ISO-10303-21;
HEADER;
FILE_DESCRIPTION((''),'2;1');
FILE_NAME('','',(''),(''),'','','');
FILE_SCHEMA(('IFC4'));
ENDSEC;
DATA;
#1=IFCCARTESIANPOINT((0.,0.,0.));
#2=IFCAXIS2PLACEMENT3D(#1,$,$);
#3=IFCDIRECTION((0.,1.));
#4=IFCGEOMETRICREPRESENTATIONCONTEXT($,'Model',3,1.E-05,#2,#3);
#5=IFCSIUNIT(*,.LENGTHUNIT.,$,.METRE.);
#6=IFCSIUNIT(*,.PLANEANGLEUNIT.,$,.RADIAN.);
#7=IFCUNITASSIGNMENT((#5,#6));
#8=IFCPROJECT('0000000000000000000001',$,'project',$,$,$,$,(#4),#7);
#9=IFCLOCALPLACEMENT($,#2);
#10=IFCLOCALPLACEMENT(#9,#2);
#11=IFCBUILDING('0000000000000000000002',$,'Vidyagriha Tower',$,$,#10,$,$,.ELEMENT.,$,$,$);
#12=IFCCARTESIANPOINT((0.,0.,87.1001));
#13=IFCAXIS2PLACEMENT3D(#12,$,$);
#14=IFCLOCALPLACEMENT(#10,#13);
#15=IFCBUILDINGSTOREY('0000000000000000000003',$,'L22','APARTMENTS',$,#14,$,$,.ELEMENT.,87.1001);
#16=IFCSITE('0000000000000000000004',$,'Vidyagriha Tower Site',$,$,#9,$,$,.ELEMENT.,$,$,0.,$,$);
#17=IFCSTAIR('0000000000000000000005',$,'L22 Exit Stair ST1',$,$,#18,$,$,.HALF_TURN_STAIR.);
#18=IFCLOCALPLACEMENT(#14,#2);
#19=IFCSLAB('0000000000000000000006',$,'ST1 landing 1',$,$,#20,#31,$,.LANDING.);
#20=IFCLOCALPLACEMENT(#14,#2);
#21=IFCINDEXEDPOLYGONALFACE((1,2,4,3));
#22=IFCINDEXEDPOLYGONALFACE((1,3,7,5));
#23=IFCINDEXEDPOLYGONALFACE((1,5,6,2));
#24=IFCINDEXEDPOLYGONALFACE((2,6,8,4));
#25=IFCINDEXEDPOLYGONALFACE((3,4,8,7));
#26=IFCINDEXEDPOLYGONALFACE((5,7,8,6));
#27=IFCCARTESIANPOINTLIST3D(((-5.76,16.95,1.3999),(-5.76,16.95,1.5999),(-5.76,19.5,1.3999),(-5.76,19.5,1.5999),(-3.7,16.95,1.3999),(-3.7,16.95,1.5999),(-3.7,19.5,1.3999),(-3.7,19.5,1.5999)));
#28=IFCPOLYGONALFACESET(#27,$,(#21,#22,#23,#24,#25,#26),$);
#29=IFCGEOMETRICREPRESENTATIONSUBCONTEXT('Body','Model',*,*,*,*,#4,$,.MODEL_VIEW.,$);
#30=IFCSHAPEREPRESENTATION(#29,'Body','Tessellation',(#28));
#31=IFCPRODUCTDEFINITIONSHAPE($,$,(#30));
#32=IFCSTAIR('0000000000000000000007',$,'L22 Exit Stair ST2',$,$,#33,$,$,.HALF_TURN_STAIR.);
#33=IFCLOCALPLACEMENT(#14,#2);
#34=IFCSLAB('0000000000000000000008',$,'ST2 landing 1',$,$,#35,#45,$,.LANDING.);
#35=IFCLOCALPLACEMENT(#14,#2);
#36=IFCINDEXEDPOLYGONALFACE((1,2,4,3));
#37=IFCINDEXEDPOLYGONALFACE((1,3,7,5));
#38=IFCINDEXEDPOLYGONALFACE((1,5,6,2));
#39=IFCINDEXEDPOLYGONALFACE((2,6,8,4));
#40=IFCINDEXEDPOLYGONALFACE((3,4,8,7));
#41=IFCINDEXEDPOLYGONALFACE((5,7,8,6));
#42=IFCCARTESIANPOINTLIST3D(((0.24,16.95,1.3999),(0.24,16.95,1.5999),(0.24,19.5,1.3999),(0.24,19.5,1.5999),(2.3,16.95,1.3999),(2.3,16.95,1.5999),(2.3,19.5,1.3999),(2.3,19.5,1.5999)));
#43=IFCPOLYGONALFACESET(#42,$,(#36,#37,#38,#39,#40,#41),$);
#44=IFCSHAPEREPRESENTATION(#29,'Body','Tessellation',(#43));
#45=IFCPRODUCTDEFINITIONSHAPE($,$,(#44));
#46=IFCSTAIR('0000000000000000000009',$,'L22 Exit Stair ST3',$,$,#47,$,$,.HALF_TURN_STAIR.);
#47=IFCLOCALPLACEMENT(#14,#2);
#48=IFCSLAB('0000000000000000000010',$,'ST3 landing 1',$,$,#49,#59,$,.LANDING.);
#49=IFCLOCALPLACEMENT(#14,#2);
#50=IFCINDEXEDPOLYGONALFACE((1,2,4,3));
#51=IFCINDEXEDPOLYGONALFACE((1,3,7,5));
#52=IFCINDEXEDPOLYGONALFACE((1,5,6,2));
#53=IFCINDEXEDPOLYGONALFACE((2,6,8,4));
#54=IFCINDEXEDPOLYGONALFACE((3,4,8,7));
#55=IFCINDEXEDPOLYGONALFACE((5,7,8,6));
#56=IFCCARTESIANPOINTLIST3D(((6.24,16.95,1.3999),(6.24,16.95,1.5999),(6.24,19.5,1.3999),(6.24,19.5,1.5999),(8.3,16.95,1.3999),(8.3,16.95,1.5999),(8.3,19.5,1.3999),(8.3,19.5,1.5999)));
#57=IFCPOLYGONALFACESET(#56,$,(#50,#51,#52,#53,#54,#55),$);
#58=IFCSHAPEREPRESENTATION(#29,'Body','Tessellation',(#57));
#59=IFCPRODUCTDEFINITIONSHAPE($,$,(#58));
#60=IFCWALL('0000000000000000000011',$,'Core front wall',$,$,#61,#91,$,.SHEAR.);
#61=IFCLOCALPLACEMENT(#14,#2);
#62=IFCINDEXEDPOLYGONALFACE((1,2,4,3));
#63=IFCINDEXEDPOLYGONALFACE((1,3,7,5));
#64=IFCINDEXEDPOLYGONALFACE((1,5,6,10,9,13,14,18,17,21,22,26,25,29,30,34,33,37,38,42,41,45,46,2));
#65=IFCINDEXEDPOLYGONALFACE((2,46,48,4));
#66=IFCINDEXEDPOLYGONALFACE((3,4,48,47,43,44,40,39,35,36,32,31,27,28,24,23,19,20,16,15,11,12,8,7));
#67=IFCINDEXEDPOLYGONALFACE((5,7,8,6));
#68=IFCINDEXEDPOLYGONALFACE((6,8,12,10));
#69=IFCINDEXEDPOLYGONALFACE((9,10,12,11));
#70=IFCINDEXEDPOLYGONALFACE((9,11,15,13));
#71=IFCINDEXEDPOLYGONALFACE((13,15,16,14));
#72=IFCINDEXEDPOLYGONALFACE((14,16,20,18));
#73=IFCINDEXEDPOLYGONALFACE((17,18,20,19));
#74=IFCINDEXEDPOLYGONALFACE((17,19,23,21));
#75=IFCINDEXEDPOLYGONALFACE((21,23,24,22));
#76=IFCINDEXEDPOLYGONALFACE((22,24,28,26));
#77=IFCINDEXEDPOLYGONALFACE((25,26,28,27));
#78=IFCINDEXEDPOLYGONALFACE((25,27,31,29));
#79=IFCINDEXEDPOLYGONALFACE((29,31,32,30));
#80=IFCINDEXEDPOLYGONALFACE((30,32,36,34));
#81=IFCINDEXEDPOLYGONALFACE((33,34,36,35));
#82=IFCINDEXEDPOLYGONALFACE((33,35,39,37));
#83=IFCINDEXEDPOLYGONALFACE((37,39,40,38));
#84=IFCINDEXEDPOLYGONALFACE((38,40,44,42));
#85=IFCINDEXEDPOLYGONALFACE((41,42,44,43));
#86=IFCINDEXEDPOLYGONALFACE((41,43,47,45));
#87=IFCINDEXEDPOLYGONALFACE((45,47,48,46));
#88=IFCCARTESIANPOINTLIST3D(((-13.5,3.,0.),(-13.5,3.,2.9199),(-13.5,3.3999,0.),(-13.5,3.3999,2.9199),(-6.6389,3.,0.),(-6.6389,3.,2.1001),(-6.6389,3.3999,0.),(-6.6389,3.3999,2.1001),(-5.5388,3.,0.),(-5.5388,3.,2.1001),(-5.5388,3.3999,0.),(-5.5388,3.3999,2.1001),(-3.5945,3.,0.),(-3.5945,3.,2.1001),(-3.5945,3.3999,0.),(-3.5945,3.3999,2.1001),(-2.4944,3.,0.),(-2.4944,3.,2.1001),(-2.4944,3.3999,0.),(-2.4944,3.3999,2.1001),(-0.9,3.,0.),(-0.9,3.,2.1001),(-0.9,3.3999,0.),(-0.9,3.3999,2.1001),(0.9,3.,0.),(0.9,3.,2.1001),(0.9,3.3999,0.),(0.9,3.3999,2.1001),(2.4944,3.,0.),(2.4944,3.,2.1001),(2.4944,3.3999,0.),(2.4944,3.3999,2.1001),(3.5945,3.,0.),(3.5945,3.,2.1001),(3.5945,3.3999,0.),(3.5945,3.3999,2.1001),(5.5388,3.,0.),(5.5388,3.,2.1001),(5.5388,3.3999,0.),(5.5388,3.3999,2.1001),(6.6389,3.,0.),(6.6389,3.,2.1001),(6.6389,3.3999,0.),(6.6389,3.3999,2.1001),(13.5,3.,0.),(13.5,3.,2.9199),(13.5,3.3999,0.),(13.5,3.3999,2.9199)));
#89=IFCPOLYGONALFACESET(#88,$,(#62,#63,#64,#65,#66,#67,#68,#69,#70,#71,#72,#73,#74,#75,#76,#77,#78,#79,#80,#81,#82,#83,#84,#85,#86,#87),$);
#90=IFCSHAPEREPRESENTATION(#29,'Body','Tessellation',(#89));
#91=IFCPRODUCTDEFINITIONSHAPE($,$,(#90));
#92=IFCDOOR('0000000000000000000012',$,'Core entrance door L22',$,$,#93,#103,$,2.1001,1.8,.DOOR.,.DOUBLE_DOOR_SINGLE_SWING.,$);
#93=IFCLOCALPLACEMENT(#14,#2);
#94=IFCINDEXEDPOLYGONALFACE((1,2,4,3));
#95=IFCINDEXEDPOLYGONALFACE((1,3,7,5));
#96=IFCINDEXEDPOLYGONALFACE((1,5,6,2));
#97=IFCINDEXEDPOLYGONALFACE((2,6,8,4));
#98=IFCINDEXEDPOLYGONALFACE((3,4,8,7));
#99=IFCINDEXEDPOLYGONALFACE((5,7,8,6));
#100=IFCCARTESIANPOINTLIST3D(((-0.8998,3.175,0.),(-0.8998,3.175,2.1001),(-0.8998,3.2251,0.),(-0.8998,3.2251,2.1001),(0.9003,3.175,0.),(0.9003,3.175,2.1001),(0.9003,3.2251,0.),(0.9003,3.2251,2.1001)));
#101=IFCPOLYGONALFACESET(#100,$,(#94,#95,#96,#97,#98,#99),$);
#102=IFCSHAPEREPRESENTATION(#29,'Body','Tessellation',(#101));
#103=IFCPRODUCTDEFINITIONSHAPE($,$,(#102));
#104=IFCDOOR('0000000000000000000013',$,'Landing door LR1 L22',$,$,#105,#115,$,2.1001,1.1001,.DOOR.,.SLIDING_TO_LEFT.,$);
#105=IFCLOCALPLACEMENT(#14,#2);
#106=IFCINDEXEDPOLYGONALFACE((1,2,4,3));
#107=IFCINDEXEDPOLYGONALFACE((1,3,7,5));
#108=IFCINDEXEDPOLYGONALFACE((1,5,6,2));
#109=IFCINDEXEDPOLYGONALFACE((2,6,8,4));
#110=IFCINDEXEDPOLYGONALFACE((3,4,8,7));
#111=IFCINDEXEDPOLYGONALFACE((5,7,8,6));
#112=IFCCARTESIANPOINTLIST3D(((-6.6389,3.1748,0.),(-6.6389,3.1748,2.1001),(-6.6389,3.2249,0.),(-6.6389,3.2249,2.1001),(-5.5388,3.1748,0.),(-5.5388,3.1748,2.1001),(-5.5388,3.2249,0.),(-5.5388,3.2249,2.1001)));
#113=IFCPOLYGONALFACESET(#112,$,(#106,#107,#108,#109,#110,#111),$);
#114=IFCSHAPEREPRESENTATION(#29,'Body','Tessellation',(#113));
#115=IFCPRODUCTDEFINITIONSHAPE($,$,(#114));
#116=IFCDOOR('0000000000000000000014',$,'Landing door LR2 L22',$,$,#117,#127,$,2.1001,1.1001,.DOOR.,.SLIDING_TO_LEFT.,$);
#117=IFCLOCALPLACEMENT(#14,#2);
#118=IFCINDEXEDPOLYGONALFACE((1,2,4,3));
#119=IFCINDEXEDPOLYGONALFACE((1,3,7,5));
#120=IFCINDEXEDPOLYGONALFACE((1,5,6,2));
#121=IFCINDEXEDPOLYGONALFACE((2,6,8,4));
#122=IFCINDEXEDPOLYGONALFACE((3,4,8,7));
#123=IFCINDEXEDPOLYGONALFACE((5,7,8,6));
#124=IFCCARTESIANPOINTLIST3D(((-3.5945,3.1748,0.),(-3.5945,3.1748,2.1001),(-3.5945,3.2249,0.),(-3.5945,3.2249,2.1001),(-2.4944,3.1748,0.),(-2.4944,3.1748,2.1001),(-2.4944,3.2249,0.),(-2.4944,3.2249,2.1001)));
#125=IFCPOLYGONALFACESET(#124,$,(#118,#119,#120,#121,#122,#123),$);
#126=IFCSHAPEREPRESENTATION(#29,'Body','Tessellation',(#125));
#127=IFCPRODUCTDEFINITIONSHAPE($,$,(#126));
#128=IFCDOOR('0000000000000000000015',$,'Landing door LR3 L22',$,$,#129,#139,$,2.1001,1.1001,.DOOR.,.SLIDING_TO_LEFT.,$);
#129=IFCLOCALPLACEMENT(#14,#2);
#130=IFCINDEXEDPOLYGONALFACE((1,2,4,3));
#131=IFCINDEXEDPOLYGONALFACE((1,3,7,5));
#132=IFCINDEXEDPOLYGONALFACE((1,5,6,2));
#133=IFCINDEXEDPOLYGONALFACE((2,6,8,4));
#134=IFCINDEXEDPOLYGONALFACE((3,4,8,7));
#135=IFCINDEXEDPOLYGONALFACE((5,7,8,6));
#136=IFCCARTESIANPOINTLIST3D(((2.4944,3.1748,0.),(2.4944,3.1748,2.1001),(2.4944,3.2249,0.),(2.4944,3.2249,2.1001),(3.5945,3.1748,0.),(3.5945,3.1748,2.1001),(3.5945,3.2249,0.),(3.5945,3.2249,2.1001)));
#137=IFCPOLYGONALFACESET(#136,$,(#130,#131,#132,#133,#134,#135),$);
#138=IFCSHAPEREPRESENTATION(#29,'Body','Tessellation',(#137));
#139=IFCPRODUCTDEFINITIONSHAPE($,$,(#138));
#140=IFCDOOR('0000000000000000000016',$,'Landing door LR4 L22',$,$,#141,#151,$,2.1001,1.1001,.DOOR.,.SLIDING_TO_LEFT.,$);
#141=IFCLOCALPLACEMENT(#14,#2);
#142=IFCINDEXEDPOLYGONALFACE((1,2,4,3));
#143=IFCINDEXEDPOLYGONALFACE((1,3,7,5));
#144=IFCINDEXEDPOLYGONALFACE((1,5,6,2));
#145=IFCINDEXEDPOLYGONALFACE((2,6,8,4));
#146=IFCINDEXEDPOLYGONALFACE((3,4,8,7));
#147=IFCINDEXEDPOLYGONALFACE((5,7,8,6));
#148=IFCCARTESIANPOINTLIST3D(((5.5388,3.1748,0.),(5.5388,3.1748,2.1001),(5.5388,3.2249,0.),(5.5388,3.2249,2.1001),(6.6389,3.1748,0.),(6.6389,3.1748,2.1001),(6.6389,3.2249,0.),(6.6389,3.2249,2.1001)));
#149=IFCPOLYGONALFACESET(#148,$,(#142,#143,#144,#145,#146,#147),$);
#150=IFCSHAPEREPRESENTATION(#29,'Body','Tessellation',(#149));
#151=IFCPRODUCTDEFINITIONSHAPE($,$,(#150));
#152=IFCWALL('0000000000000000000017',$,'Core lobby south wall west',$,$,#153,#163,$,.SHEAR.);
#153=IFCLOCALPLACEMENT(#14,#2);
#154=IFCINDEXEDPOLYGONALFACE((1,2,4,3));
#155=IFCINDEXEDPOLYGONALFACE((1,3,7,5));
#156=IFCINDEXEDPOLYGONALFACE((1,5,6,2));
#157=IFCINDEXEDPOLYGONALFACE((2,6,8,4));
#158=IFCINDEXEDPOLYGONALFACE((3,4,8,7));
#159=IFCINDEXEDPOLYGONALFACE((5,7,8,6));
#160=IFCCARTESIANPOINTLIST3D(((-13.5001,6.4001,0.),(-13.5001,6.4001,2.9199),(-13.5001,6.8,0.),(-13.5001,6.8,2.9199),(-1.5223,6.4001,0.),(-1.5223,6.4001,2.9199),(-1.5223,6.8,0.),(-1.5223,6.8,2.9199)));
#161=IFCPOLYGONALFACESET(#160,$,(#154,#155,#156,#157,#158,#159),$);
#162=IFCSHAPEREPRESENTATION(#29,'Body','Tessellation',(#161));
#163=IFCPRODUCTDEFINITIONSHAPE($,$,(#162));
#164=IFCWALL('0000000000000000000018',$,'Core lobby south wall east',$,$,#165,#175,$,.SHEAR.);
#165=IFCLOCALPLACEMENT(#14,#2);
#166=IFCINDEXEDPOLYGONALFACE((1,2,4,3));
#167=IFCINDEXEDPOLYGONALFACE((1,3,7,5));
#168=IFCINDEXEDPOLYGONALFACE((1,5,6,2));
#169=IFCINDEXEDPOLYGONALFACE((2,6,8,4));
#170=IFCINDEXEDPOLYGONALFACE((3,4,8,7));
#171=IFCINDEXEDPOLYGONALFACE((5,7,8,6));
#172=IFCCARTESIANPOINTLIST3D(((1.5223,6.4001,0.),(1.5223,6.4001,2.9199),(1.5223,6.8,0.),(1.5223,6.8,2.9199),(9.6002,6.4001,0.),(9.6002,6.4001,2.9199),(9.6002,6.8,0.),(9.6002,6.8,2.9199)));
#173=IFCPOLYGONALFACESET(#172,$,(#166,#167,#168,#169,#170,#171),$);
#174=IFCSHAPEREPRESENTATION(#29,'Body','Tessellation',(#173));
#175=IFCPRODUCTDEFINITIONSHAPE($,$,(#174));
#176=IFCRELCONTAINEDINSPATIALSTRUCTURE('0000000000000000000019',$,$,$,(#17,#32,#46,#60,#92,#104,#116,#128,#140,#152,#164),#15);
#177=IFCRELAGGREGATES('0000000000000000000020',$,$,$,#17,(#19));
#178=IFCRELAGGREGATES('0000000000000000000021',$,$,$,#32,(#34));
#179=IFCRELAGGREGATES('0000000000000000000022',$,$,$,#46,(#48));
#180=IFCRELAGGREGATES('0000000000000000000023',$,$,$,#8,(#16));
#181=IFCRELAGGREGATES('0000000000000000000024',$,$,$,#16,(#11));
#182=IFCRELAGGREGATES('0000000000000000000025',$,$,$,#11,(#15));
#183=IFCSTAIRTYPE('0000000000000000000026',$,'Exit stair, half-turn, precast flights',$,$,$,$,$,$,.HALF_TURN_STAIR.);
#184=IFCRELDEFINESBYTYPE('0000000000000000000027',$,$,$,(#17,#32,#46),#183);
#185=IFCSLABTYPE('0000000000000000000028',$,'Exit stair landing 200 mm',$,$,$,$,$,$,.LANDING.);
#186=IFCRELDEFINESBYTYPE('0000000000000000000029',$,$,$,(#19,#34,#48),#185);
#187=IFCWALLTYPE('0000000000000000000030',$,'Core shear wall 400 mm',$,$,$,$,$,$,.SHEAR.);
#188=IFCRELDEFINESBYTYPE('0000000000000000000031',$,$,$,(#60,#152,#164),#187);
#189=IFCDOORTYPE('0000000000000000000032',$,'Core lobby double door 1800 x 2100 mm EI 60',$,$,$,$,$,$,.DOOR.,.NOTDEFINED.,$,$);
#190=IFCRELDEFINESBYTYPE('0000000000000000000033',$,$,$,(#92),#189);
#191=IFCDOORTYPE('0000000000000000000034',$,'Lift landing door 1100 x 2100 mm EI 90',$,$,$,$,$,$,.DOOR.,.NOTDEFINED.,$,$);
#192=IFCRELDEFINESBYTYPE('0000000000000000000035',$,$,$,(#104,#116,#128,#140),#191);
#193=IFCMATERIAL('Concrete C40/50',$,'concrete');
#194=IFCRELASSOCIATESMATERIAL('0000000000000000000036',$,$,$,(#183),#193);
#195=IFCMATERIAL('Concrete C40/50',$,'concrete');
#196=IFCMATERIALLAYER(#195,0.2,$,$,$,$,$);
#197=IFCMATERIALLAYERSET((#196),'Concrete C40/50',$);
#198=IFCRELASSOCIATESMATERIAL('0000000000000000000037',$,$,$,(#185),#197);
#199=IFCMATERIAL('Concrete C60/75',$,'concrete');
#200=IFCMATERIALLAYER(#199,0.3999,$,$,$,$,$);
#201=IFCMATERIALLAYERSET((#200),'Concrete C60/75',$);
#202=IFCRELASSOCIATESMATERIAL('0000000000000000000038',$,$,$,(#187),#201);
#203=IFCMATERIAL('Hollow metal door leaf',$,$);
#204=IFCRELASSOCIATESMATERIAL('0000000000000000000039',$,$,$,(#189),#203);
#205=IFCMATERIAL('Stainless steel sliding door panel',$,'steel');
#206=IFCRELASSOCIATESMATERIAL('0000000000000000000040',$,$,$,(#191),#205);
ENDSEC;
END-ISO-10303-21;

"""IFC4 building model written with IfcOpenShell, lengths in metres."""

from ifc_helpers import new_model, si_unit, direction, frame, frame_2d, origin, place, context, subcontext, project, spatial, polyline, rectangle, outline, extrude, material, layer, layer_set, type_object, element, fill, aggregate, save


model = new_model("IFC4")

# Units and contexts
model_context = context("Model", 3, precision=1e-05, world=origin(), true_north=direction((0.0, 1.0)))
body_context = subcontext(model_context, "Body", "Model", "MODEL_VIEW")
ifc_project = project(units=[si_unit("LENGTHUNIT", "METRE"), si_unit("PLANEANGLEUNIT", "RADIAN")], contexts=[model_context])

# Site, building, storey
site_placement = place(None, origin())
site = spatial("IfcSite", under=ifc_project, at=site_placement, Name="Vidyagriha Tower Site", CompositionType="ELEMENT", RefElevation=0.0)
building_placement = place(site_placement, origin())
building = spatial("IfcBuilding", under=site, at=building_placement, Name="Vidyagriha Tower", CompositionType="ELEMENT")
storey_placement = place(building_placement, frame((0.0, 0.0, 87.1001)))
storey = spatial("IfcBuildingStorey", under=building, at=storey_placement, Name="L22", Description="APARTMENTS", CompositionType="ELEMENT", Elevation=87.1001)

# Stairs, slabs
ifc_material_1 = material(Name="Concrete C40/50", Category="concrete")
stair_type = type_object("IfcStairType", Name="Exit stair, half-turn, precast flights", PredefinedType="HALF_TURN_STAIR", material=ifc_material_1)
stair_1_placement = place(storey_placement, origin())
stair_1 = element("IfcStair", 1, at=stair_1_placement, inside=storey, type_object=stair_type, Name="L22 Exit Stair ST1", PredefinedType="HALF_TURN_STAIR")
ifc_material_2 = material(Name="Concrete C40/50", Category="concrete")
ifc_layer_1 = layer(ifc_material_2, 0.2)
ifc_layer_set_1 = layer_set([ifc_layer_1], Name="Concrete C40/50")
slab_type = type_object("IfcSlabType", Name="Exit stair landing 200 mm", PredefinedType="LANDING", material=ifc_layer_set_1)
slab_1_placement = place(storey_placement, frame((0.0, 0.0, 1.3999)))
slab_1 = element("IfcSlab", 2, at=slab_1_placement, type_object=slab_type, Name="ST1 landing 1", PredefinedType="LANDING", context=body_context, shape_type="SweptSolid", body=[
    extrude(outline(polyline([(-5.76, 16.95), (-3.7, 16.95), (-3.7, 19.5), (-5.76, 19.5), (-5.76, 16.95)])), origin(), (0.0, 0.0, 1.0), 0.2),
])
aggregate(stair_1, [slab_1])
stair_2_placement = place(storey_placement, origin())
stair_2 = element("IfcStair", 3, at=stair_2_placement, inside=storey, type_object=stair_type, Name="L22 Exit Stair ST2", PredefinedType="HALF_TURN_STAIR")
slab_2_placement = place(storey_placement, frame((0.0, 0.0, 1.3999)))
slab_2 = element("IfcSlab", 4, at=slab_2_placement, type_object=slab_type, Name="ST2 landing 1", PredefinedType="LANDING", context=body_context, shape_type="SweptSolid", body=[
    extrude(outline(polyline([(0.24, 16.95), (2.3, 16.95), (2.3, 19.5), (0.24, 19.5), (0.24, 16.95)])), origin(), (0.0, 0.0, 1.0), 0.2),
])
aggregate(stair_2, [slab_2])
stair_3_placement = place(storey_placement, origin())
stair_3 = element("IfcStair", 5, at=stair_3_placement, inside=storey, type_object=stair_type, Name="L22 Exit Stair ST3", PredefinedType="HALF_TURN_STAIR")
slab_3_placement = place(storey_placement, frame((0.0, 0.0, 1.3999)))
slab_3 = element("IfcSlab", 6, at=slab_3_placement, type_object=slab_type, Name="ST3 landing 1", PredefinedType="LANDING", context=body_context, shape_type="SweptSolid", body=[
    extrude(outline(polyline([(6.24, 16.95), (8.3, 16.95), (8.3, 19.5), (6.24, 19.5), (6.24, 16.95)])), origin(), (0.0, 0.0, 1.0), 0.2),
])
aggregate(stair_3, [slab_3])

# Wall, openings, doors
ifc_material_3 = material(Name="Concrete C60/75", Category="concrete")
ifc_layer_2 = layer(ifc_material_3, 0.3999)
ifc_layer_set_2 = layer_set([ifc_layer_2], Name="Concrete C60/75")
wall_type_1 = type_object("IfcWallType", Name="Core shear wall 400 mm", PredefinedType="SHEAR", material=ifc_layer_set_2)
wall_1_placement = place(storey_placement, frame((-13.5, 3.2, 0.0)))
wall_1 = element("IfcWall", 7, at=wall_1_placement, inside=storey, type_object=wall_type_1, Name="Core front wall", PredefinedType="SHEAR", context=body_context, shape_type="SweptSolid", body=[
    extrude(rectangle(XDim=27.0, YDim=0.3999, at=frame_2d((13.5, 0.0))), origin(), (0.0, 0.0, 1.0), 2.9199),
])
opening_1_placement = place(wall_1_placement, frame((6.8611, 0.0, 0.0)))
opening_1 = element("IfcOpeningElement", 8, at=opening_1_placement, cuts=wall_1, PredefinedType="OPENING", context=body_context, shape_type="SweptSolid", body=[
    extrude(rectangle(XDim=1.1001, YDim=2.1001, at=frame_2d((0.55, 1.05))), frame((0.0, 0.21, 0.0), z_axis=(0.0, -1.0, 0.0), x_axis=(1.0, 0.0, 0.0)), (0.0, 0.0, 1.0), 0.4199),
])
opening_2_placement = place(wall_1_placement, frame((9.9055, 0.0, 0.0)))
opening_2 = element("IfcOpeningElement", 9, at=opening_2_placement, cuts=wall_1, PredefinedType="OPENING", context=body_context, shape_type="SweptSolid", body=[
    extrude(rectangle(XDim=1.1001, YDim=2.1001, at=frame_2d((0.55, 1.05))), frame((0.0, 0.21, 0.0), z_axis=(0.0, -1.0, 0.0), x_axis=(1.0, 0.0, 0.0)), (0.0, 0.0, 1.0), 0.4199),
])
opening_3_placement = place(wall_1_placement, frame((15.9944, 0.0, 0.0)))
opening_3 = element("IfcOpeningElement", 10, at=opening_3_placement, cuts=wall_1, PredefinedType="OPENING", context=body_context, shape_type="SweptSolid", body=[
    extrude(rectangle(XDim=1.1001, YDim=2.1001, at=frame_2d((0.55, 1.05))), frame((0.0, 0.21, 0.0), z_axis=(0.0, -1.0, 0.0), x_axis=(1.0, 0.0, 0.0)), (0.0, 0.0, 1.0), 0.4199),
])
opening_4_placement = place(wall_1_placement, frame((19.0388, 0.0, 0.0)))
opening_4 = element("IfcOpeningElement", 11, at=opening_4_placement, cuts=wall_1, PredefinedType="OPENING", context=body_context, shape_type="SweptSolid", body=[
    extrude(rectangle(XDim=1.1001, YDim=2.1001, at=frame_2d((0.55, 1.05))), frame((0.0, 0.21, 0.0), z_axis=(0.0, -1.0, 0.0), x_axis=(1.0, 0.0, 0.0)), (0.0, 0.0, 1.0), 0.4199),
])
opening_5_placement = place(wall_1_placement, frame((12.6001, 0.0, 0.0)))
opening_5 = element("IfcOpeningElement", 12, at=opening_5_placement, cuts=wall_1, PredefinedType="OPENING", context=body_context, shape_type="SweptSolid", body=[
    extrude(rectangle(XDim=1.8, YDim=2.1001, at=frame_2d((0.8999, 1.05))), frame((0.0, 0.21, 0.0), z_axis=(0.0, -1.0, 0.0), x_axis=(1.0, 0.0, 0.0)), (0.0, 0.0, 1.0), 0.4199),
])
ifc_material_4 = material(Name="Hollow metal door leaf")
door_type_1 = type_object("IfcDoorType", Name="Core lobby double door 1800 x 2100 mm EI 60", OperationType="NOTDEFINED", PredefinedType="DOOR", material=ifc_material_4)
door_1_placement = place(opening_5_placement, frame((1.8, 0.0, 0.0), z_axis=(0.0, 0.0, 1.0), x_axis=(-1.0, 0.0, 0.0)))
door_1 = element("IfcDoor", 13, at=door_1_placement, inside=storey, type_object=door_type_1, Name="Core entrance door L22", OperationType="DOUBLE_DOOR_SINGLE_SWING", OverallHeight=2.1001, OverallWidth=1.8, PredefinedType="DOOR", context=body_context, shape_type="SweptSolid", body=[
    extrude(rectangle(XDim=1.8, YDim=2.1001, at=frame_2d((0.8999, 1.05))), frame((0.0, 0.0249, 0.0), z_axis=(0.0, -1.0, 0.0), x_axis=(1.0, 0.0, 0.0)), (0.0, 0.0, 1.0), 0.05),
])
fill(opening_5, door_1)
ifc_material_5 = material(Name="Stainless steel sliding door panel", Category="steel")
door_type_2 = type_object("IfcDoorType", Name="Lift landing door 1100 x 2100 mm EI 90", OperationType="NOTDEFINED", PredefinedType="DOOR", material=ifc_material_5)
door_2_placement = place(opening_1_placement, origin())
door_2 = element("IfcDoor", 14, at=door_2_placement, inside=storey, type_object=door_type_2, Name="Landing door LR1 L22", OperationType="SLIDING_TO_LEFT", OverallHeight=2.1001, OverallWidth=1.1001, PredefinedType="DOOR", context=body_context, shape_type="SweptSolid", body=[
    extrude(rectangle(XDim=1.1001, YDim=2.1001, at=frame_2d((0.55, 1.05))), frame((0.0, 0.0249, 0.0), z_axis=(0.0, -1.0, 0.0), x_axis=(1.0, 0.0, 0.0)), (0.0, 0.0, 1.0), 0.05),
])
fill(opening_1, door_2)
door_3_placement = place(opening_2_placement, origin())
door_3 = element("IfcDoor", 15, at=door_3_placement, inside=storey, type_object=door_type_2, Name="Landing door LR2 L22", OperationType="SLIDING_TO_LEFT", OverallHeight=2.1001, OverallWidth=1.1001, PredefinedType="DOOR", context=body_context, shape_type="SweptSolid", body=[
    extrude(rectangle(XDim=1.1001, YDim=2.1001, at=frame_2d((0.55, 1.05))), frame((0.0, 0.0249, 0.0), z_axis=(0.0, -1.0, 0.0), x_axis=(1.0, 0.0, 0.0)), (0.0, 0.0, 1.0), 0.05),
])
fill(opening_2, door_3)
door_4_placement = place(opening_3_placement, origin())
door_4 = element("IfcDoor", 16, at=door_4_placement, inside=storey, type_object=door_type_2, Name="Landing door LR3 L22", OperationType="SLIDING_TO_LEFT", OverallHeight=2.1001, OverallWidth=1.1001, PredefinedType="DOOR", context=body_context, shape_type="SweptSolid", body=[
    extrude(rectangle(XDim=1.1001, YDim=2.1001, at=frame_2d((0.55, 1.05))), frame((0.0, 0.0249, 0.0), z_axis=(0.0, -1.0, 0.0), x_axis=(1.0, 0.0, 0.0)), (0.0, 0.0, 1.0), 0.05),
])
fill(opening_3, door_4)
door_5_placement = place(opening_4_placement, origin())
door_5 = element("IfcDoor", 17, at=door_5_placement, inside=storey, type_object=door_type_2, Name="Landing door LR4 L22", OperationType="SLIDING_TO_LEFT", OverallHeight=2.1001, OverallWidth=1.1001, PredefinedType="DOOR", context=body_context, shape_type="SweptSolid", body=[
    extrude(rectangle(XDim=1.1001, YDim=2.1001, at=frame_2d((0.55, 1.05))), frame((0.0, 0.0249, 0.0), z_axis=(0.0, -1.0, 0.0), x_axis=(1.0, 0.0, 0.0)), (0.0, 0.0, 1.0), 0.05),
])
fill(opening_4, door_5)

# Walls
wall_2_placement = place(storey_placement, frame((-13.5, 6.6001, 0.0)))
element("IfcWall", 18, at=wall_2_placement, inside=storey, type_object=wall_type_1, Name="Core lobby south wall west", PredefinedType="SHEAR", context=body_context, shape_type="SweptSolid", body=[
    extrude(rectangle(XDim=11.9778, YDim=0.3999, at=frame_2d((5.9888, 0.0))), origin(), (0.0, 0.0, 1.0), 2.9199),
])
wall_3_placement = place(storey_placement, frame((1.5222, 6.6001, 0.0)))
element("IfcWall", 19, at=wall_3_placement, inside=storey, type_object=wall_type_1, Name="Core lobby south wall east", PredefinedType="SHEAR", context=body_context, shape_type="SweptSolid", body=[
    extrude(rectangle(XDim=8.0779, YDim=0.3999, at=frame_2d((4.0391, 0.0))), origin(), (0.0, 0.0, 1.0), 2.9199),
])

save(model, "model.ifc")
